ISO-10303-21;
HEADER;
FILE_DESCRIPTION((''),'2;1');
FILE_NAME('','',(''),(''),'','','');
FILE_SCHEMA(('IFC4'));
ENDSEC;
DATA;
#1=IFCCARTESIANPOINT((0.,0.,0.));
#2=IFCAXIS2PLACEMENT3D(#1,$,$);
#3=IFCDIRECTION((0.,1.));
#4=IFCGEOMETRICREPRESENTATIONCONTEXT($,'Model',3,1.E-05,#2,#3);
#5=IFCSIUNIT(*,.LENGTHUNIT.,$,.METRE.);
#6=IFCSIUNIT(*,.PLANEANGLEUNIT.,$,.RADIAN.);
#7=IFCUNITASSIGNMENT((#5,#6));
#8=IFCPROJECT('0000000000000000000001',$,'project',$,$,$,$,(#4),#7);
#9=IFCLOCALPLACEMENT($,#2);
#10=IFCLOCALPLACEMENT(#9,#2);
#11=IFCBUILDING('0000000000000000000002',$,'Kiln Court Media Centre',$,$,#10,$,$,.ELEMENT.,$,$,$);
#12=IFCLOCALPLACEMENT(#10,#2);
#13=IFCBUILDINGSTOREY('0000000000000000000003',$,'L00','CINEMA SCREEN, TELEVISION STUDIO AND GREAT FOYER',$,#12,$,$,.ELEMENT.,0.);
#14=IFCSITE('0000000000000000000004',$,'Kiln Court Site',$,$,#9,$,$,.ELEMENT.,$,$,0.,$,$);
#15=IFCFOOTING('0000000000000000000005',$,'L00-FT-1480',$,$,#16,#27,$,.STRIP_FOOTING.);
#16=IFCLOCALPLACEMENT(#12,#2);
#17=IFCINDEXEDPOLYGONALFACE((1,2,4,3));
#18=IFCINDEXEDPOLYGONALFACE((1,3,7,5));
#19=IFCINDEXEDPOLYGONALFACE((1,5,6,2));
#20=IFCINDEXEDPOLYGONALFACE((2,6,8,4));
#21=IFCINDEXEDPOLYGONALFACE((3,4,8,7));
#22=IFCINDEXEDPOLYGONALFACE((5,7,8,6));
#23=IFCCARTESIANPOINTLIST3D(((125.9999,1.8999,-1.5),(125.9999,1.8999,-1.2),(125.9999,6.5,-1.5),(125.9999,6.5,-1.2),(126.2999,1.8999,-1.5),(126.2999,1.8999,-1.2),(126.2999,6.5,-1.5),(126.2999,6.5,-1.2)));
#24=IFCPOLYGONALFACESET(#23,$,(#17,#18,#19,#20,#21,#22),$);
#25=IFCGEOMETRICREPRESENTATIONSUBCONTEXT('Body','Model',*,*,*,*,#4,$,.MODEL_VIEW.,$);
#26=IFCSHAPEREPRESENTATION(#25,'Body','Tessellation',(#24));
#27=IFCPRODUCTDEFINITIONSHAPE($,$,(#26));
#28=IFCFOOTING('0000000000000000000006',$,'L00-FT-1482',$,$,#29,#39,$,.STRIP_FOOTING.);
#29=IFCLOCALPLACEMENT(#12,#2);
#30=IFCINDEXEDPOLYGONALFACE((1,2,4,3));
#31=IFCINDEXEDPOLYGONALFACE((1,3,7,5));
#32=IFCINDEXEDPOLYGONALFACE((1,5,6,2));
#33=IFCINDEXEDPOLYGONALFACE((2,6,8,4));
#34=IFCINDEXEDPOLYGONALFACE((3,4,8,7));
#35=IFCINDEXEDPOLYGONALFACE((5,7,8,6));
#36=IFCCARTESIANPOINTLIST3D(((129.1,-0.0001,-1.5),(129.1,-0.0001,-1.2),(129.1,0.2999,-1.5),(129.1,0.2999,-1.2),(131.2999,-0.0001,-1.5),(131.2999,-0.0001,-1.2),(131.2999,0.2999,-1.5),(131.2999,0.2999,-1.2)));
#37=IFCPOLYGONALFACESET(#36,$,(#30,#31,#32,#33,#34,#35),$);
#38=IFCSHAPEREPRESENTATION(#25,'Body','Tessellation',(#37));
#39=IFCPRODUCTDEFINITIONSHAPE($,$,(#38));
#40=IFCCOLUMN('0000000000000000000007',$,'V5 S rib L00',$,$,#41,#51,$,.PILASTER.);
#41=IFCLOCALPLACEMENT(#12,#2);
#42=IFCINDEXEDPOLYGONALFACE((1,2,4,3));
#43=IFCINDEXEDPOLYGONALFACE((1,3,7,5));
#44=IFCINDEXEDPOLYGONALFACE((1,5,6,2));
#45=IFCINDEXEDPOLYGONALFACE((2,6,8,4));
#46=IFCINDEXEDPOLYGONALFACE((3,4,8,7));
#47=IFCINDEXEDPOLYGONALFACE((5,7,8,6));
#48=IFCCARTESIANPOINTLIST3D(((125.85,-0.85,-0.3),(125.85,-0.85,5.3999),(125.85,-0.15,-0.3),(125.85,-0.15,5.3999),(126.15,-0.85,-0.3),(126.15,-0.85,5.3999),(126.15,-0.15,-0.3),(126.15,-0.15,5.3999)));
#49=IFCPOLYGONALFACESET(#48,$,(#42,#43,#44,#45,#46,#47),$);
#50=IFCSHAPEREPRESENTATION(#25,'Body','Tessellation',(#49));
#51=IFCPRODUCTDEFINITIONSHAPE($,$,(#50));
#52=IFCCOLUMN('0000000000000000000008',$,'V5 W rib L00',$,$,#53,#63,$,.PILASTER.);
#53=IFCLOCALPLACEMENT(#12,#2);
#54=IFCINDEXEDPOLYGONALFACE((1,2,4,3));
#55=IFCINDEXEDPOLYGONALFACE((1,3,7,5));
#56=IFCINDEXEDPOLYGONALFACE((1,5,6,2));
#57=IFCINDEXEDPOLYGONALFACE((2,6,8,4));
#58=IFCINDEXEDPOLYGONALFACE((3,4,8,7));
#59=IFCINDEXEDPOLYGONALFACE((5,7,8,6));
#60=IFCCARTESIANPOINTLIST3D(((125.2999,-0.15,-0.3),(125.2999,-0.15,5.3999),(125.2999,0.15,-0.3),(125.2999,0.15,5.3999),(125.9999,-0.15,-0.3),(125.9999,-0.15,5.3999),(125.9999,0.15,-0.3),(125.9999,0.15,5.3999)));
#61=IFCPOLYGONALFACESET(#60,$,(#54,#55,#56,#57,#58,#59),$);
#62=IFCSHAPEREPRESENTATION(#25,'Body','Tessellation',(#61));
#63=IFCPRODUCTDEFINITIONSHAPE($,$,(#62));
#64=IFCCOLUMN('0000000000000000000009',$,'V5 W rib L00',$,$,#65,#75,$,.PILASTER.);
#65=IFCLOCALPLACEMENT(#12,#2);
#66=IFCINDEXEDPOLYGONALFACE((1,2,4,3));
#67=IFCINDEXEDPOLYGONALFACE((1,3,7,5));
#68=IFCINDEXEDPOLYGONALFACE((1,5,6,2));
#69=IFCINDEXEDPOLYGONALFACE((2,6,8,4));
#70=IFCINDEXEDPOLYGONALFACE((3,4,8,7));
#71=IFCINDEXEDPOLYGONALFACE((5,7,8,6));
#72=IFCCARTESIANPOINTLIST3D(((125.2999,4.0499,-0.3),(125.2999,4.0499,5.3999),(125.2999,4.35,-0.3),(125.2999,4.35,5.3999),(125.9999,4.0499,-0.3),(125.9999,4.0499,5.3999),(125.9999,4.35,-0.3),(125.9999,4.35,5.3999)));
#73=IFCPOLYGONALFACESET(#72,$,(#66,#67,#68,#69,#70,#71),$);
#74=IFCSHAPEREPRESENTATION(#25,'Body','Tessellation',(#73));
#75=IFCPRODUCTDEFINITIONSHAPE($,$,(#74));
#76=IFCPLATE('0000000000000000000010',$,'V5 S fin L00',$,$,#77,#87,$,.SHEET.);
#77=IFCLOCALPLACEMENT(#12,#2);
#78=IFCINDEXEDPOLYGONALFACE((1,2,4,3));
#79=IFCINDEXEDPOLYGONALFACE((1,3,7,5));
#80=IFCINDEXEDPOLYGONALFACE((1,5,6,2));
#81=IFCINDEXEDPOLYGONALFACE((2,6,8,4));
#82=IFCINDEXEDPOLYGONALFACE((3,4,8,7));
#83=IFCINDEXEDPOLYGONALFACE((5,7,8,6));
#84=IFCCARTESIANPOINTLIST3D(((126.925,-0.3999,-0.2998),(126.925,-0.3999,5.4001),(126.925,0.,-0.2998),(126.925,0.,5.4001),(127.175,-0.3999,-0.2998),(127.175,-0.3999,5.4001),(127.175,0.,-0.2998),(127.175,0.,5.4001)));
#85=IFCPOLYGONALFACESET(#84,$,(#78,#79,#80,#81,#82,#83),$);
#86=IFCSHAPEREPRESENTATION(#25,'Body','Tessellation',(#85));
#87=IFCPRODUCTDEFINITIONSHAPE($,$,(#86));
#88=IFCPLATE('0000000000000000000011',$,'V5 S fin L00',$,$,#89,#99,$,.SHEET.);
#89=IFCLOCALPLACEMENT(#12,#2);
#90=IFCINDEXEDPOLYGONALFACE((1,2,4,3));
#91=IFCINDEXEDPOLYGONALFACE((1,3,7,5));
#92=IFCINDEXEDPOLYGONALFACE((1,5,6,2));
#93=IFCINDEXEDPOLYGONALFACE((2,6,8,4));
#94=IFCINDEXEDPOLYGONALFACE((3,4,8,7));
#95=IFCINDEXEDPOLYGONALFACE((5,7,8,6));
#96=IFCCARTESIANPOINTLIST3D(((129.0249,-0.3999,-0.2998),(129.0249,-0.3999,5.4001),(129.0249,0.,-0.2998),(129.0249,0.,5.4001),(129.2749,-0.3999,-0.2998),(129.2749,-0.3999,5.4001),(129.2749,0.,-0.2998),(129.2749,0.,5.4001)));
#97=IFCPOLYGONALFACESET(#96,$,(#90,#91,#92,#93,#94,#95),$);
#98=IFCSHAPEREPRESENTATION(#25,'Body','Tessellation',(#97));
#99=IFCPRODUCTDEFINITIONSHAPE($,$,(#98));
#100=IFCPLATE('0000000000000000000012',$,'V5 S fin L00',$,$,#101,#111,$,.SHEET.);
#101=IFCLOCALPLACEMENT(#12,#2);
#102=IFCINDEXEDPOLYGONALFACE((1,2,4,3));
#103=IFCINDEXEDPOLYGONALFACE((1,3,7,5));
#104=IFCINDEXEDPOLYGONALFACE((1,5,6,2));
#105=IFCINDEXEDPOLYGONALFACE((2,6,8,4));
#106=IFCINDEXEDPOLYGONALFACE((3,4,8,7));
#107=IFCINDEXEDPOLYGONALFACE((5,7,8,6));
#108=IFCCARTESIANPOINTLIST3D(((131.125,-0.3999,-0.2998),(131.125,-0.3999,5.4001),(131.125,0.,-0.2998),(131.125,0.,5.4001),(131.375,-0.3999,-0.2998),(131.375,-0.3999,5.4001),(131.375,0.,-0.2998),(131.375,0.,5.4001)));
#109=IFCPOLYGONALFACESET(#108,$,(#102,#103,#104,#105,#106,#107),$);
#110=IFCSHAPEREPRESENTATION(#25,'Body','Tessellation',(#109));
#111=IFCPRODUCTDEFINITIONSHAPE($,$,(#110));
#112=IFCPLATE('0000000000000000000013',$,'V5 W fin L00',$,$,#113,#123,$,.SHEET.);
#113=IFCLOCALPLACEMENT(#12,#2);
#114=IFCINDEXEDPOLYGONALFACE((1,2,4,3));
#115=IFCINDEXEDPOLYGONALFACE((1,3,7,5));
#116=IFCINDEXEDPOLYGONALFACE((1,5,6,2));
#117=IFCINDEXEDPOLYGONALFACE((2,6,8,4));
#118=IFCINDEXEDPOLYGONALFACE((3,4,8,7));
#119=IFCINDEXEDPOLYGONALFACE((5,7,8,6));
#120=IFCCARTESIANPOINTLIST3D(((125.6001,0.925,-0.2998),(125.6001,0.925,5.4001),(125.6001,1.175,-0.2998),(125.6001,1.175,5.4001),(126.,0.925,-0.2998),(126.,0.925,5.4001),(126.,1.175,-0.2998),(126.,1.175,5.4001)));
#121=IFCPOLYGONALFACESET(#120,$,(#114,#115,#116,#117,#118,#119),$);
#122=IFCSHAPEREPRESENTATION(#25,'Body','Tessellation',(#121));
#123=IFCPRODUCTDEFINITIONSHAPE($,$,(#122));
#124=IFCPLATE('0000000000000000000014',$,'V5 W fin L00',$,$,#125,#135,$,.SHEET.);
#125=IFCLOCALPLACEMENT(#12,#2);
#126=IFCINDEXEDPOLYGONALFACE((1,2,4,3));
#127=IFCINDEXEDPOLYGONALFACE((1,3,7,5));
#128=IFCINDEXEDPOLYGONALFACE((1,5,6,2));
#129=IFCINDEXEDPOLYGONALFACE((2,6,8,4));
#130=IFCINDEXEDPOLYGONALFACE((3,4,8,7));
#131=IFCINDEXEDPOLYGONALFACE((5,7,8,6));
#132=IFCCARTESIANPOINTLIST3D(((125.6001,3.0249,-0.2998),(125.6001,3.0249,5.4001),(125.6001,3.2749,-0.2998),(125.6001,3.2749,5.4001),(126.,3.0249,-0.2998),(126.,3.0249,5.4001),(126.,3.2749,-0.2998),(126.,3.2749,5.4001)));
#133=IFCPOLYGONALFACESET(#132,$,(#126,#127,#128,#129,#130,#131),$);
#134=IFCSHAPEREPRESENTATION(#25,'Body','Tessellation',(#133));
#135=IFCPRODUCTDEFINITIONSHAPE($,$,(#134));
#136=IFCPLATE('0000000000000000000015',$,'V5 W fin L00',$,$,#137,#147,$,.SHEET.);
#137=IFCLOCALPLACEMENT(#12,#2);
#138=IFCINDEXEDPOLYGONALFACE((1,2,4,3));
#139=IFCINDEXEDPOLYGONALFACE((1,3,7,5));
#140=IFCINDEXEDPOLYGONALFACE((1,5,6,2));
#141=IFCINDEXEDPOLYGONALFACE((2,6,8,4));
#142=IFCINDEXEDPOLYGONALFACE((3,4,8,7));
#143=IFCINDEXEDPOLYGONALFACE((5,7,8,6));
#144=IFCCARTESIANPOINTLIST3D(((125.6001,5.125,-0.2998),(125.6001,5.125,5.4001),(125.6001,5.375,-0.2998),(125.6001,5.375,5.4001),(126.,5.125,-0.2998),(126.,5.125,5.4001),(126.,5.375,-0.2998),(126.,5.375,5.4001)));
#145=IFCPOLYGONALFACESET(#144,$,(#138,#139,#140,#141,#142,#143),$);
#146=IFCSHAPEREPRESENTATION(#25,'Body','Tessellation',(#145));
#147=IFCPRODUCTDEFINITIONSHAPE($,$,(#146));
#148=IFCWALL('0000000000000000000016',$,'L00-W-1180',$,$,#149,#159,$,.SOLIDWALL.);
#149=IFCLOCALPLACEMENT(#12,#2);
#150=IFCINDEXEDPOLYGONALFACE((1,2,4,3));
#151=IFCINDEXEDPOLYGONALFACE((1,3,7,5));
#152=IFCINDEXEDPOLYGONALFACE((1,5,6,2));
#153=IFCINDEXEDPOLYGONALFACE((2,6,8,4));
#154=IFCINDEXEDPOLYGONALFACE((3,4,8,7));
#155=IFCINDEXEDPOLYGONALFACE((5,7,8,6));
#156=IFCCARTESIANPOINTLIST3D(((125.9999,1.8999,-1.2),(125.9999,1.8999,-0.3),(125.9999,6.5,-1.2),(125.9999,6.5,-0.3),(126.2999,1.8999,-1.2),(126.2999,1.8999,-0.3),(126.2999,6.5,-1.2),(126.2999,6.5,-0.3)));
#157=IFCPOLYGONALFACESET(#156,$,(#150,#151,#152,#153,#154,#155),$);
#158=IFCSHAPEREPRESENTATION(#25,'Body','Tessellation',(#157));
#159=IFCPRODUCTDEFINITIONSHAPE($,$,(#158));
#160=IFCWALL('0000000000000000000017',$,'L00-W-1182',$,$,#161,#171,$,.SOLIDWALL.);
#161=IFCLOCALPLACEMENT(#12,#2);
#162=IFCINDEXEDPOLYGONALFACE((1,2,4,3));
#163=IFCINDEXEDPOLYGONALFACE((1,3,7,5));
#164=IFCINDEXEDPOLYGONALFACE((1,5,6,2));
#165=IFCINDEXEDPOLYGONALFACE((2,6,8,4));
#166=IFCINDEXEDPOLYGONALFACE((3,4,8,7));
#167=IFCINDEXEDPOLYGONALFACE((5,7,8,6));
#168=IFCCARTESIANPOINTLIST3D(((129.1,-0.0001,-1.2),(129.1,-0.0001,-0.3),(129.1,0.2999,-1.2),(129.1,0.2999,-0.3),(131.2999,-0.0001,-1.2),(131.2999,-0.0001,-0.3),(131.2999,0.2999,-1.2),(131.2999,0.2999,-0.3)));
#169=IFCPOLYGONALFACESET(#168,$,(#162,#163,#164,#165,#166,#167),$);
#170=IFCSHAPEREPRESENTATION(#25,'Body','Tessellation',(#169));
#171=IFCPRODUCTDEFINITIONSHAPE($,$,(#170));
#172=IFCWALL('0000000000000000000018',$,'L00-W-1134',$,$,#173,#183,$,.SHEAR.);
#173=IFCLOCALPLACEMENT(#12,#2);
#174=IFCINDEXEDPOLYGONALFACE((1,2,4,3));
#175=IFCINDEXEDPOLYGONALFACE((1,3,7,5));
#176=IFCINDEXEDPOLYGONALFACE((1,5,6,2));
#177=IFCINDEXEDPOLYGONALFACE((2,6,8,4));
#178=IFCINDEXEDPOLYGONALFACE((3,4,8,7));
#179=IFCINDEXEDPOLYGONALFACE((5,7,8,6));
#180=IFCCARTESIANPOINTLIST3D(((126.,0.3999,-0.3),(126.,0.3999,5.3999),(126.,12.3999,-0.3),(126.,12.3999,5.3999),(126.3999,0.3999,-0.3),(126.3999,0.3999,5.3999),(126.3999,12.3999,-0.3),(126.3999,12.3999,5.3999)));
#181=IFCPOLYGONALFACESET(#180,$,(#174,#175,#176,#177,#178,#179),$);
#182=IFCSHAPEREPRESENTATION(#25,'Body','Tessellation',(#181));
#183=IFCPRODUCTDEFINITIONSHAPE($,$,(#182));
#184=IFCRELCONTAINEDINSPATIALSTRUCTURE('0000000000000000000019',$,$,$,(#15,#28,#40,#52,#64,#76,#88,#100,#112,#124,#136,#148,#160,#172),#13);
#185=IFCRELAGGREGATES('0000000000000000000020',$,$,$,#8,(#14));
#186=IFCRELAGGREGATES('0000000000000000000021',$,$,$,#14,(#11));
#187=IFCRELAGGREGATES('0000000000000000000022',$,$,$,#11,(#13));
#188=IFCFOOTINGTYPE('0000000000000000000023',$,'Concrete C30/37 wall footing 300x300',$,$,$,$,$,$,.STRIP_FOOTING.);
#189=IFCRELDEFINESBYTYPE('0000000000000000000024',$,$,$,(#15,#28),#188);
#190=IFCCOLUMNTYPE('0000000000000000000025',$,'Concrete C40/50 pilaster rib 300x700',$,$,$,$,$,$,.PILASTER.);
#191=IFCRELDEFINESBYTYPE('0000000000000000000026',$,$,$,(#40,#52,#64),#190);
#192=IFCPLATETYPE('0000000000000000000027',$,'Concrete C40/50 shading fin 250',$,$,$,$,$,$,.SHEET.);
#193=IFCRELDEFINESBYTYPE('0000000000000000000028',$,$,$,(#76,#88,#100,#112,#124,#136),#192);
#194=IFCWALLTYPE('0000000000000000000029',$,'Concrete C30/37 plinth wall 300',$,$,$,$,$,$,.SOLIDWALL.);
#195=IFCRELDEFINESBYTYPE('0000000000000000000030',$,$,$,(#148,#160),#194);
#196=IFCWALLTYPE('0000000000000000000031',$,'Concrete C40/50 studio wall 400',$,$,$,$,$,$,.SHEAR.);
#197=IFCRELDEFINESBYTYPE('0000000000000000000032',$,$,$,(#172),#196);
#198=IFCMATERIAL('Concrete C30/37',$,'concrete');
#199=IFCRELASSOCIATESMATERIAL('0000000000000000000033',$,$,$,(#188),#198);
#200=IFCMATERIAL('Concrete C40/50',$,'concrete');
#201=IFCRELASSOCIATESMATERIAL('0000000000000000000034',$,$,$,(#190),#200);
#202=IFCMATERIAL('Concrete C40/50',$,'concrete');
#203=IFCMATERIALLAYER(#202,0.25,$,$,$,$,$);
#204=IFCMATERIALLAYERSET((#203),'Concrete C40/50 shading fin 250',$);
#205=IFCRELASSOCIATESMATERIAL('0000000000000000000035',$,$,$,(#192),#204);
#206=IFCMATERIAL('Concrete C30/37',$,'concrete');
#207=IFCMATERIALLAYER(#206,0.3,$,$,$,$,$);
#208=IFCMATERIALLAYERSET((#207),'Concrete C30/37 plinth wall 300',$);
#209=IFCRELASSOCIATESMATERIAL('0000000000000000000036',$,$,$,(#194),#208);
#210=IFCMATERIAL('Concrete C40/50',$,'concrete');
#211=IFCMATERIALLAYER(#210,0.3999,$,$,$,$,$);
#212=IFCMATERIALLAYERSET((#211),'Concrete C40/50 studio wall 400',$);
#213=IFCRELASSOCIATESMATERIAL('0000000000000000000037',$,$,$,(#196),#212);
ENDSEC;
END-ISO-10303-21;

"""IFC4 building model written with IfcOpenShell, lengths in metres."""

from ifc_helpers import new_model, si_unit, direction, frame, frame_2d, origin, origin_2d, place, context, subcontext, project, spatial, rectangle, extrude, material, layer, layer_set, material_profile, profile_set, type_object, element, save


model = new_model("IFC4")

# Units and contexts
model_context = context("Model", 3, precision=1e-05, world=origin(), true_north=direction((0.0, 1.0)))
body_context = subcontext(model_context, "Body", "Model", "MODEL_VIEW")
ifc_project = project(units=[si_unit("LENGTHUNIT", "METRE"), si_unit("PLANEANGLEUNIT", "RADIAN")], contexts=[model_context])

# Site, building, storey
site_placement = place(None, origin())
site = spatial("IfcSite", under=ifc_project, at=site_placement, Name="Kiln Court Site", CompositionType="ELEMENT", RefElevation=0.0)
building_placement = place(site_placement, origin())
building = spatial("IfcBuilding", under=site, at=building_placement, Name="Kiln Court Media Centre", CompositionType="ELEMENT")
storey_placement = place(building_placement, origin())
storey = spatial("IfcBuildingStorey", under=building, at=storey_placement, Name="L00", Description="CINEMA SCREEN, TELEVISION STUDIO AND GREAT FOYER", CompositionType="ELEMENT", Elevation=0.0)

# Footings
ifc_material_1 = material(Name="Concrete C30/37", Category="concrete")
footing_type_1 = type_object("IfcFootingType", Name="Concrete C30/37 wall footing 300x300", PredefinedType="STRIP_FOOTING", material=ifc_material_1)
footing_1_placement = place(storey_placement, frame((126.1499, 4.2, -1.5), z_axis=(0.0, 0.0, 1.0), x_axis=(1.0, 0.0, 0.0)))
element("IfcFooting", 1, at=footing_1_placement, inside=storey, type_object=footing_type_1, Name="L00-FT-1480", PredefinedType="STRIP_FOOTING", context=body_context, shape_type="SweptSolid", body=[
    extrude(rectangle(XDim=0.3, YDim=4.6001, at=origin_2d()), origin(), (0.0, 0.0, 1.0), 0.3),
])
footing_2_placement = place(storey_placement, frame((130.2, 0.1499, -1.5), z_axis=(0.0, 0.0, 1.0), x_axis=(1.0, 0.0, 0.0)))
element("IfcFooting", 2, at=footing_2_placement, inside=storey, type_object=footing_type_1, Name="L00-FT-1482", PredefinedType="STRIP_FOOTING", context=body_context, shape_type="SweptSolid", body=[
    extrude(rectangle(XDim=2.2, YDim=0.3, at=origin_2d()), origin(), (0.0, 0.0, 1.0), 0.3),
])

# Columns
ifc_material_2 = material(Name="Concrete C40/50", Category="concrete")
ifc_material_profile_1 = material_profile(ifc_material_2, rectangle(XDim=0.3, YDim=0.7, at=origin_2d()), Name="RC 300x700")
ifc_profile_set_1 = profile_set([ifc_material_profile_1], Name="Concrete C40/50")
column_type = type_object("IfcColumnType", Name="Concrete C40/50 pilaster rib 300x700", PredefinedType="PILASTER", material=ifc_profile_set_1)
for number, where, z_axis, x_axis, name in (
    (3, (126.0, -0.5, -0.3), (0.0, 0.0, 1.0), (1.0, 0.0, 0.0), "V5 S rib L00"),
    (4, (125.6499, 0.0, -0.3), (0.0, 0.0, 1.0), (0.0, 1.0, 0.0), "V5 W rib L00"),
    (5, (125.6499, 4.2, -0.3), (0.0, 0.0, 1.0), (0.0, 1.0, 0.0), "V5 W rib L00"),
):
    element("IfcColumn", number, at=place(storey_placement, frame(where, z_axis=z_axis, x_axis=x_axis)), inside=storey, type_object=column_type, Name=name, PredefinedType="PILASTER", context=body_context, shape_type="SweptSolid", body=[
        extrude(rectangle(XDim=0.3, YDim=0.7, at=origin_2d()), origin(), (0.0, 0.0, 1.0), 5.7),
    ])

# Plates
ifc_material_3 = material(Name="Concrete C40/50", Category="concrete")
ifc_layer_1 = layer(ifc_material_3, 0.25)
ifc_layer_set_1 = layer_set([ifc_layer_1], Name="Concrete C40/50 shading fin 250")
plate_type = type_object("IfcPlateType", Name="Concrete C40/50 shading fin 250", PredefinedType="SHEET", material=ifc_layer_set_1)
for number, where, z_axis, x_axis, name in (
    (6, (127.05, -0.2, -0.2998), (0.0, 0.0, 1.0), (1.0, 0.0, 0.0), "V5 S fin L00"),
    (7, (129.1499, -0.2, -0.2998), (0.0, 0.0, 1.0), (1.0, 0.0, 0.0), "V5 S fin L00"),
    (8, (131.25, -0.2, -0.2998), (0.0, 0.0, 1.0), (1.0, 0.0, 0.0), "V5 S fin L00"),
):
    element("IfcPlate", number, at=place(storey_placement, frame(where, z_axis=z_axis, x_axis=x_axis)), inside=storey, type_object=plate_type, Name=name, PredefinedType="SHEET", context=body_context, shape_type="SweptSolid", body=[
        extrude(rectangle(XDim=0.25, YDim=0.3999, at=origin_2d()), origin(), (0.0, 0.0, 1.0), 5.7),
    ])
for number, where, z_axis, x_axis, name in (
    (9, (125.8, 1.05, -0.2998), (0.0, 0.0, 1.0), (1.0, 0.0, 0.0), "V5 W fin L00"),
    (10, (125.8, 3.1499, -0.2998), (0.0, 0.0, 1.0), (1.0, 0.0, 0.0), "V5 W fin L00"),
    (11, (125.8, 5.25, -0.2998), (0.0, 0.0, 1.0), (1.0, 0.0, 0.0), "V5 W fin L00"),
):
    element("IfcPlate", number, at=place(storey_placement, frame(where, z_axis=z_axis, x_axis=x_axis)), inside=storey, type_object=plate_type, Name=name, PredefinedType="SHEET", context=body_context, shape_type="SweptSolid", body=[
        extrude(rectangle(XDim=0.3999, YDim=0.25, at=origin_2d()), origin(), (0.0, 0.0, 1.0), 5.7),
    ])

# Walls
ifc_material_4 = material(Name="Concrete C30/37", Category="concrete")
ifc_layer_2 = layer(ifc_material_4, 0.3)
ifc_layer_set_2 = layer_set([ifc_layer_2], Name="Concrete C30/37 plinth wall 300")
wall_type_1 = type_object("IfcWallType", Name="Concrete C30/37 plinth wall 300", PredefinedType="SOLIDWALL", material=ifc_layer_set_2)
wall_1_placement = place(storey_placement, frame((126.1499, 1.8999, -1.2), z_axis=(0.0, 0.0, 1.0), x_axis=(0.0, 1.0, 0.0)))
element("IfcWall", 12, at=wall_1_placement, inside=storey, type_object=wall_type_1, Name="L00-W-1180", PredefinedType="SOLIDWALL", context=body_context, shape_type="SweptSolid", body=[
    extrude(rectangle(XDim=4.6001, YDim=0.3, at=frame_2d((2.3, 0.0))), origin(), (0.0, 0.0, 1.0), 0.8999),
])
wall_2_placement = place(storey_placement, frame((131.3, 0.1499, -1.2), z_axis=(0.0, 0.0, 1.0), x_axis=(-1.0, 0.0, 0.0)))
element("IfcWall", 13, at=wall_2_placement, inside=storey, type_object=wall_type_1, Name="L00-W-1182", PredefinedType="SOLIDWALL", context=body_context, shape_type="SweptSolid", body=[
    extrude(rectangle(XDim=2.2, YDim=0.3, at=frame_2d((1.1001, 0.0))), origin(), (0.0, 0.0, 1.0), 0.8999),
])
ifc_material_5 = material(Name="Concrete C40/50", Category="concrete")
ifc_layer_3 = layer(ifc_material_5, 0.3999)
ifc_layer_set_3 = layer_set([ifc_layer_3], Name="Concrete C40/50 studio wall 400")
wall_type_2 = type_object("IfcWallType", Name="Concrete C40/50 studio wall 400", PredefinedType="SHEAR", material=ifc_layer_set_3)
wall_3_placement = place(storey_placement, frame((126.2, 0.3999, -0.3), z_axis=(0.0, 0.0, 1.0), x_axis=(0.0, 1.0, 0.0)))
element("IfcWall", 14, at=wall_3_placement, inside=storey, type_object=wall_type_2, Name="L00-W-1134", PredefinedType="SHEAR", context=body_context, shape_type="SweptSolid", body=[
    extrude(rectangle(XDim=12.0, YDim=0.3999, at=frame_2d((6.0, 0.0))), origin(), (0.0, 0.0, 1.0), 5.7),
])

save(model, "model.ifc")
